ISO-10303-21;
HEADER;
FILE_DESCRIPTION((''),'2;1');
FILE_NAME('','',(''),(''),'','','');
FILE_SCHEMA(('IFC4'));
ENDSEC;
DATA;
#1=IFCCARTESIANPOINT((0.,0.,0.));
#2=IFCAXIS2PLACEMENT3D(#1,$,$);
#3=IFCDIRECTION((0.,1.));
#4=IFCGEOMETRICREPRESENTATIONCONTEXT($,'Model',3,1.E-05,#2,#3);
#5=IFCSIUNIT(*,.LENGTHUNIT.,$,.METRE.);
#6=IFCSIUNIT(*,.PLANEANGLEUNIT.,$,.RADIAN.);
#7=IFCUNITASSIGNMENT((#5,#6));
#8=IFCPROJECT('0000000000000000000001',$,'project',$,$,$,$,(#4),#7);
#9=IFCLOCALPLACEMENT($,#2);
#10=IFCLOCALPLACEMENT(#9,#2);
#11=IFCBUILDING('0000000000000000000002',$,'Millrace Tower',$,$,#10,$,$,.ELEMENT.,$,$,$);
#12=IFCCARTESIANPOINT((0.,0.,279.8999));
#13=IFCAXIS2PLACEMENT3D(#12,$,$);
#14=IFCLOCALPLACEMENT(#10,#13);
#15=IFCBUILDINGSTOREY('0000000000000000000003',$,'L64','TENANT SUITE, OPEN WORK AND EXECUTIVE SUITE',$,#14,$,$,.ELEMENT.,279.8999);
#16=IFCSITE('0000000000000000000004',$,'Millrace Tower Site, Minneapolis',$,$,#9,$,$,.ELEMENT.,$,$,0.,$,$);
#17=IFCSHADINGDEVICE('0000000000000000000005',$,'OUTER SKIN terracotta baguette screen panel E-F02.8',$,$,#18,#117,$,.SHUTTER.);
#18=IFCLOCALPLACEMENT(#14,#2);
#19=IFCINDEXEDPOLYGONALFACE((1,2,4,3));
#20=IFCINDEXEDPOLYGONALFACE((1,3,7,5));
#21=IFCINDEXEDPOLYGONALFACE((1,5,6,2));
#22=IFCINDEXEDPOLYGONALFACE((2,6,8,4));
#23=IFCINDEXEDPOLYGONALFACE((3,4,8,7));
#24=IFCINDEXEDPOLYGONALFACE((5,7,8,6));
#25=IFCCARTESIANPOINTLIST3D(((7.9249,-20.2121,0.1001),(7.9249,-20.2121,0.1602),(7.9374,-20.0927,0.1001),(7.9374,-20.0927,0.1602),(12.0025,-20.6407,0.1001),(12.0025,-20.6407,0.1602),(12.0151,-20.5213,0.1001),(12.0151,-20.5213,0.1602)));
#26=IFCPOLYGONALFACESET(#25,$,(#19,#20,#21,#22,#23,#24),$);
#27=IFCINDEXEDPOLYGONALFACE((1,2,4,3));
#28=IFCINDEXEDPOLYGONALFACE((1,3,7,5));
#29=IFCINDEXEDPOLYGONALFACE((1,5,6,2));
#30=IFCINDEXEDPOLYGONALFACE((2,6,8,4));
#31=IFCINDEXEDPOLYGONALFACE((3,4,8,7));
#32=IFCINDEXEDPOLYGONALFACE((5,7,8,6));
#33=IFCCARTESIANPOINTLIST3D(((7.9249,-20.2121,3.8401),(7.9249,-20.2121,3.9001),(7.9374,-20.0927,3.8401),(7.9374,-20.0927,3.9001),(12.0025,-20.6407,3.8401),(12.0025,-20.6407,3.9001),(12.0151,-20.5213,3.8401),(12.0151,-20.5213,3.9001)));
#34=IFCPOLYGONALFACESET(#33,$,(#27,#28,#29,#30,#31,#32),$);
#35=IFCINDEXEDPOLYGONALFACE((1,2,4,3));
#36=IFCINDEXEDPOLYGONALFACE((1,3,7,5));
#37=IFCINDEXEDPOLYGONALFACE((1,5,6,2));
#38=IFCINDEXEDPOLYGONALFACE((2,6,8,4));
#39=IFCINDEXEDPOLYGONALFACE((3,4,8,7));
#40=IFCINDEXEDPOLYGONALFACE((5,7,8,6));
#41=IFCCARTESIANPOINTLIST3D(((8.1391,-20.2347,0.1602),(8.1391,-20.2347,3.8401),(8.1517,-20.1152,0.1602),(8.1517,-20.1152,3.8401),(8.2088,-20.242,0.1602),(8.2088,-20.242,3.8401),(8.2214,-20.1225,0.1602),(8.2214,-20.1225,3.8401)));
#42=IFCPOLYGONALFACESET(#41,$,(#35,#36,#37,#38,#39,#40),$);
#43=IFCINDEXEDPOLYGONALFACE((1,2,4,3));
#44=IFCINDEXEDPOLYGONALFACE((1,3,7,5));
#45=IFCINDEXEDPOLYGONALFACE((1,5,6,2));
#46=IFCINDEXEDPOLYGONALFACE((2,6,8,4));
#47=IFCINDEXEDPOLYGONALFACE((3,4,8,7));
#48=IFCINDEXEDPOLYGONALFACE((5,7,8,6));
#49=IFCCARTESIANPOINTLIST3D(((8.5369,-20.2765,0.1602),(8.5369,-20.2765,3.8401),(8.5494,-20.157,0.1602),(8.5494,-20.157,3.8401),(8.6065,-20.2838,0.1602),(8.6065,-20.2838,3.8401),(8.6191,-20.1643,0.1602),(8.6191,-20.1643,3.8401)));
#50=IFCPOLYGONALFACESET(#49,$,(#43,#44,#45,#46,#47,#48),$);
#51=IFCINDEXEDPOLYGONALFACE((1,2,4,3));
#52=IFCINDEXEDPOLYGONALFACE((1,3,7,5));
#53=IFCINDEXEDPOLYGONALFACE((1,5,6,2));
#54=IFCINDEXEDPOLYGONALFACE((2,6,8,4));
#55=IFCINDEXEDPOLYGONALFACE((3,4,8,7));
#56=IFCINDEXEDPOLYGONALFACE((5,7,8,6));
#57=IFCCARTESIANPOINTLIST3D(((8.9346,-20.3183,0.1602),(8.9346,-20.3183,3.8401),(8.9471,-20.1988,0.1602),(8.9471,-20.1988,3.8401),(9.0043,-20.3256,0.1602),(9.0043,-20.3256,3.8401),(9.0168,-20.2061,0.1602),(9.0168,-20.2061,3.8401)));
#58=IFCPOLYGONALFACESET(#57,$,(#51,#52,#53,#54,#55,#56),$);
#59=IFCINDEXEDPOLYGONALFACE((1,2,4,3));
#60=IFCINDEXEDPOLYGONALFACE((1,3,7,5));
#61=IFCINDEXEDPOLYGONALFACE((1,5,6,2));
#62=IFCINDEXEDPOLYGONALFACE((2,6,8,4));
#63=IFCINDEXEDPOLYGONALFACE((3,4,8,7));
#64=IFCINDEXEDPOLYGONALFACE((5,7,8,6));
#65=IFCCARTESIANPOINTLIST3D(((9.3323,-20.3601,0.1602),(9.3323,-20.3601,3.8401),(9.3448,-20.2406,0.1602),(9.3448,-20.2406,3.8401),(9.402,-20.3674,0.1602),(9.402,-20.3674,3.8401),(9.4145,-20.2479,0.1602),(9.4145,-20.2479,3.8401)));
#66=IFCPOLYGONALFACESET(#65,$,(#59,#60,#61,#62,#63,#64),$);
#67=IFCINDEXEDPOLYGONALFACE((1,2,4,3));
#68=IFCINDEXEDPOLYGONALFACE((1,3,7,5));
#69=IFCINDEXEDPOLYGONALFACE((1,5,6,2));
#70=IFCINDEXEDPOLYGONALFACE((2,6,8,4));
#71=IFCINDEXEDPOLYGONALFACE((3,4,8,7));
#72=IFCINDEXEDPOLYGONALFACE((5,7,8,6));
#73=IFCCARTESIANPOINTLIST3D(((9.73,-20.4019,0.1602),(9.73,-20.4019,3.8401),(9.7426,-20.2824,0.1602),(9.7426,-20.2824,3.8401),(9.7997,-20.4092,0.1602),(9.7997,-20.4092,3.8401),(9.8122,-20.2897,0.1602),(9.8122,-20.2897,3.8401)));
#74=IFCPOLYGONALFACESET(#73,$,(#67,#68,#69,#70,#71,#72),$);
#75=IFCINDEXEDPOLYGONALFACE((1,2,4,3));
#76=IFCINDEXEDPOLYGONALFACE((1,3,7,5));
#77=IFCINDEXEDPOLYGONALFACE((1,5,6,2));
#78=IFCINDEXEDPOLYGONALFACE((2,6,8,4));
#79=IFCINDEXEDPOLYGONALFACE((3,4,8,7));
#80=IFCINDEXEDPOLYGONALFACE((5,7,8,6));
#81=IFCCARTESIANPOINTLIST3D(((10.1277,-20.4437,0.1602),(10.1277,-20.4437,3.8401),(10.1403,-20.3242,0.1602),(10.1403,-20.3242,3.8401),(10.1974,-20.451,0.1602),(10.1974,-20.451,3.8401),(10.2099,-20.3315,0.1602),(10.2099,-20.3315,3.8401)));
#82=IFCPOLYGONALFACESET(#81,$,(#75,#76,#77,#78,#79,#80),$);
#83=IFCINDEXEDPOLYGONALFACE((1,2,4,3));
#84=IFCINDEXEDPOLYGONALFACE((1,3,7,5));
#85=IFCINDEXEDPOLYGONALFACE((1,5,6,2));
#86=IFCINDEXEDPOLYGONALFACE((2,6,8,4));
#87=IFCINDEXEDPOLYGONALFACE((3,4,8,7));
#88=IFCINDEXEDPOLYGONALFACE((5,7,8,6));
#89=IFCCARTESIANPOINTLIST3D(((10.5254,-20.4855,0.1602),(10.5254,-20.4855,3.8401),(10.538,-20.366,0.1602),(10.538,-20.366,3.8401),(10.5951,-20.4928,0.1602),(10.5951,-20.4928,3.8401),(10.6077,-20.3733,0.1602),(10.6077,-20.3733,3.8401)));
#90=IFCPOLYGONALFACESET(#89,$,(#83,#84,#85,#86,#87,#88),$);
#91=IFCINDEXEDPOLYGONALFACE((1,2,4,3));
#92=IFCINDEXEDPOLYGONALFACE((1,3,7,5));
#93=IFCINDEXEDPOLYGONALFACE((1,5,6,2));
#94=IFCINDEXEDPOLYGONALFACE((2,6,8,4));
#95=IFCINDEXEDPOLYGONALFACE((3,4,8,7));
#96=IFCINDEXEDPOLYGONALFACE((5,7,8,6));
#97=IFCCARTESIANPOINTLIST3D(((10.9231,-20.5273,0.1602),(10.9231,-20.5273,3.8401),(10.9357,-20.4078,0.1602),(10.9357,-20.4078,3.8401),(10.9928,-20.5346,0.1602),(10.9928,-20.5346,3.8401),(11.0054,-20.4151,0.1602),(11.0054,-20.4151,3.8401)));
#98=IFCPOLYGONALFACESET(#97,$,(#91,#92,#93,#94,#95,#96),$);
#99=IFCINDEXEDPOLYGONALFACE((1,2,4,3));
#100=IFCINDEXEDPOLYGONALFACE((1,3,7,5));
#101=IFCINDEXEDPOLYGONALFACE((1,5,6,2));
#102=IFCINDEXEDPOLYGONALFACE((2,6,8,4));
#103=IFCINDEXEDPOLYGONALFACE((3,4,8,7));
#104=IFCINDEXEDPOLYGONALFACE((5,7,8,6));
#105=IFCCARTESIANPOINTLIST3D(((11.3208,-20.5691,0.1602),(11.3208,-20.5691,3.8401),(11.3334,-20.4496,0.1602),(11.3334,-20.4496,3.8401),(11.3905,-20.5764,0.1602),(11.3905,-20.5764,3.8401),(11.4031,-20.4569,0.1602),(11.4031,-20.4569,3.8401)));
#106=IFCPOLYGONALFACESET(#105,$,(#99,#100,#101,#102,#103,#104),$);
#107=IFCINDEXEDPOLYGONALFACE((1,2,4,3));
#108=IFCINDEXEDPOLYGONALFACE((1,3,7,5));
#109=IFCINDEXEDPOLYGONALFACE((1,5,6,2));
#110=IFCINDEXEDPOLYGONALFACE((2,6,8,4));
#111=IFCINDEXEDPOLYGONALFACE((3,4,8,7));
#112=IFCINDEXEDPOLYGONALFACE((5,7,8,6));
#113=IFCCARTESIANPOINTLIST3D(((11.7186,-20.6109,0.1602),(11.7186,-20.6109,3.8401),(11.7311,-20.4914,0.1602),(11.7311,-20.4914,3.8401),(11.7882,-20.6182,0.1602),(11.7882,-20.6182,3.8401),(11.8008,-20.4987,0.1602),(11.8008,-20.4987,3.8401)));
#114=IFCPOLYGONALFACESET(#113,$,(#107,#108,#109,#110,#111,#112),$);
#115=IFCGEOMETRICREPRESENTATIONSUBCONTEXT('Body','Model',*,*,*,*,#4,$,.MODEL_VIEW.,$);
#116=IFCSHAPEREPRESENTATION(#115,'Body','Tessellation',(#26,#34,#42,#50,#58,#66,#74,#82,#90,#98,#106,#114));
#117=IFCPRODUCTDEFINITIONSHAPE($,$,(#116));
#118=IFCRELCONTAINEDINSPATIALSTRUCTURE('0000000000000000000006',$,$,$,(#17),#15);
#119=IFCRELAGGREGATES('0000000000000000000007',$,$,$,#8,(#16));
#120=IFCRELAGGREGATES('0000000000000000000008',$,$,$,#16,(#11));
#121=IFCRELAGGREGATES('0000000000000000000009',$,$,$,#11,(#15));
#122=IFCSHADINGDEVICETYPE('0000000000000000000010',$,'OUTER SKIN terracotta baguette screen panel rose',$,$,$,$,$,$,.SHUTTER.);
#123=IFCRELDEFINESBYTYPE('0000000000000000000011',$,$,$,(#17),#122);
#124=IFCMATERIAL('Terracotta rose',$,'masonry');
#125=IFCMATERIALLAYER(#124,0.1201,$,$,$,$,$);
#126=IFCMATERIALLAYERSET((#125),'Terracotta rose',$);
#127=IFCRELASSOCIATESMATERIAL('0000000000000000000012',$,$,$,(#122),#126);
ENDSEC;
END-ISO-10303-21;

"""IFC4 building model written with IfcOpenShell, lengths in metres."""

from ifc_helpers import new_model, entity, si_unit, direction, frame, frame_2d, origin, place, context, subcontext, project, spatial, rectangle, extrude, source, transform, mapped, material, layer, layer_set, type_object, element, save


model = new_model("IFC4")

# Units and contexts
model_context = context("Model", 3, precision=1e-05, world=origin(), true_north=direction((0.0, 1.0)))
body_context = subcontext(model_context, "Body", "Model", "MODEL_VIEW")
ifc_project = project(units=[si_unit("LENGTHUNIT", "METRE"), si_unit("PLANEANGLEUNIT", "RADIAN")], contexts=[model_context])

# Site, building, storey
site_placement = place(None, origin())
site = spatial("IfcSite", under=ifc_project, at=site_placement, Name="Millrace Tower Site, Minneapolis", CompositionType="ELEMENT", RefElevation=0.0)
building_placement = place(site_placement, origin())
building = spatial("IfcBuilding", under=site, at=building_placement, Name="Millrace Tower", CompositionType="ELEMENT")
storey_placement = place(building_placement, frame((0.0, 0.0, 279.8999)))
storey = spatial("IfcBuildingStorey", under=building, at=storey_placement, Name="L64", Description="TENANT SUITE, OPEN WORK AND EXECUTIVE SUITE", CompositionType="ELEMENT", Elevation=279.8999)

# Shading device
ifc_material_1 = material(Name="Terracotta rose", Category="masonry")
ifc_layer_1 = layer(ifc_material_1, 0.1201)
ifc_layer_set_1 = layer_set([ifc_layer_1], Name="Terracotta rose")
shading_device_type = type_object("IfcShadingDeviceType", Name="OUTER SKIN terracotta baguette screen panel rose", PredefinedType="SHUTTER", material=ifc_layer_set_1)
cartesian_point = entity("IfcCartesianPoint", [-2.05, 0.0601])
shared_polyline = entity("IfcPolyline", [cartesian_point, entity("IfcCartesianPoint", [2.05, 0.0601]), entity("IfcCartesianPoint", [2.05, -0.0601]), entity("IfcCartesianPoint", [-2.05, -0.0601]), cartesian_point])
shared_shape = source(origin(), body_context, "Body", "SweptSolid", [
    entity("IfcExtrudedAreaSolid", entity("IfcArbitraryClosedProfileDef", "AREA", None, shared_polyline), entity("IfcAxis2Placement3D", entity("IfcCartesianPoint", [0.0, 0.0, 0.0])), entity("IfcDirection", [0.0, 0.0, 1.0]), 0.0601),
    entity("IfcExtrudedAreaSolid", entity("IfcArbitraryClosedProfileDef", "AREA", None, shared_polyline), entity("IfcAxis2Placement3D", entity("IfcCartesianPoint", [0.0, 0.0, 3.74])), entity("IfcDirection", [0.0, 0.0, 1.0]), 0.0601),
    extrude(rectangle(XDim=0.0701, YDim=0.1201, at=frame_2d((-1.7996, 0.0))), frame((0.0, 0.0, 0.0601)), (0.0, 0.0, 1.0), 3.6799),
    extrude(rectangle(XDim=0.0701, YDim=0.1201, at=frame_2d((-1.3997, 0.0))), frame((0.0, 0.0, 0.0601)), (0.0, 0.0, 1.0), 3.6799),
    extrude(rectangle(XDim=0.0701, YDim=0.1201, at=frame_2d((-0.9998, 0.0))), frame((0.0, 0.0, 0.0601)), (0.0, 0.0, 1.0), 3.6799),
    extrude(rectangle(XDim=0.0701, YDim=0.1201, at=frame_2d((-0.5999, 0.0))), frame((0.0, 0.0, 0.0601)), (0.0, 0.0, 1.0), 3.6799),
    extrude(rectangle(XDim=0.0701, YDim=0.1201, at=frame_2d((-0.2, 0.0))), frame((0.0, 0.0, 0.0601)), (0.0, 0.0, 1.0), 3.6799),
    extrude(rectangle(XDim=0.0701, YDim=0.1201, at=frame_2d((0.2, 0.0))), frame((0.0, 0.0, 0.0601)), (0.0, 0.0, 1.0), 3.6799),
    extrude(rectangle(XDim=0.0701, YDim=0.1201, at=frame_2d((0.5999, 0.0))), frame((0.0, 0.0, 0.0601)), (0.0, 0.0, 1.0), 3.6799),
    extrude(rectangle(XDim=0.0701, YDim=0.1201, at=frame_2d((0.9998, 0.0))), frame((0.0, 0.0, 0.0601)), (0.0, 0.0, 1.0), 3.6799),
    extrude(rectangle(XDim=0.0701, YDim=0.1201, at=frame_2d((1.3997, 0.0))), frame((0.0, 0.0, 0.0601)), (0.0, 0.0, 1.0), 3.6799),
    extrude(rectangle(XDim=0.0701, YDim=0.1201, at=frame_2d((1.7996, 0.0))), frame((0.0, 0.0, 0.0601)), (0.0, 0.0, 1.0), 3.6799),
])
for number, where, z_axis, x_axis, name in (
    (1, (9.97, -20.3667, 0.1001), (0.0, 0.0, 1.0), (0.994522, -0.104528, 0.0), "OUTER SKIN terracotta baguette screen panel E-F02.8"),
):
    element("IfcShadingDevice", number, at=place(storey_placement, frame(where, z_axis=z_axis, x_axis=x_axis)), inside=storey, type_object=shading_device_type, Name=name, PredefinedType="SHUTTER", context=body_context, shape_type="MappedRepresentation", body=[
        mapped(shared_shape, transform((0.0, 0.0, 0.0), scale=1.0)),
    ])

save(model, "model.ifc")
